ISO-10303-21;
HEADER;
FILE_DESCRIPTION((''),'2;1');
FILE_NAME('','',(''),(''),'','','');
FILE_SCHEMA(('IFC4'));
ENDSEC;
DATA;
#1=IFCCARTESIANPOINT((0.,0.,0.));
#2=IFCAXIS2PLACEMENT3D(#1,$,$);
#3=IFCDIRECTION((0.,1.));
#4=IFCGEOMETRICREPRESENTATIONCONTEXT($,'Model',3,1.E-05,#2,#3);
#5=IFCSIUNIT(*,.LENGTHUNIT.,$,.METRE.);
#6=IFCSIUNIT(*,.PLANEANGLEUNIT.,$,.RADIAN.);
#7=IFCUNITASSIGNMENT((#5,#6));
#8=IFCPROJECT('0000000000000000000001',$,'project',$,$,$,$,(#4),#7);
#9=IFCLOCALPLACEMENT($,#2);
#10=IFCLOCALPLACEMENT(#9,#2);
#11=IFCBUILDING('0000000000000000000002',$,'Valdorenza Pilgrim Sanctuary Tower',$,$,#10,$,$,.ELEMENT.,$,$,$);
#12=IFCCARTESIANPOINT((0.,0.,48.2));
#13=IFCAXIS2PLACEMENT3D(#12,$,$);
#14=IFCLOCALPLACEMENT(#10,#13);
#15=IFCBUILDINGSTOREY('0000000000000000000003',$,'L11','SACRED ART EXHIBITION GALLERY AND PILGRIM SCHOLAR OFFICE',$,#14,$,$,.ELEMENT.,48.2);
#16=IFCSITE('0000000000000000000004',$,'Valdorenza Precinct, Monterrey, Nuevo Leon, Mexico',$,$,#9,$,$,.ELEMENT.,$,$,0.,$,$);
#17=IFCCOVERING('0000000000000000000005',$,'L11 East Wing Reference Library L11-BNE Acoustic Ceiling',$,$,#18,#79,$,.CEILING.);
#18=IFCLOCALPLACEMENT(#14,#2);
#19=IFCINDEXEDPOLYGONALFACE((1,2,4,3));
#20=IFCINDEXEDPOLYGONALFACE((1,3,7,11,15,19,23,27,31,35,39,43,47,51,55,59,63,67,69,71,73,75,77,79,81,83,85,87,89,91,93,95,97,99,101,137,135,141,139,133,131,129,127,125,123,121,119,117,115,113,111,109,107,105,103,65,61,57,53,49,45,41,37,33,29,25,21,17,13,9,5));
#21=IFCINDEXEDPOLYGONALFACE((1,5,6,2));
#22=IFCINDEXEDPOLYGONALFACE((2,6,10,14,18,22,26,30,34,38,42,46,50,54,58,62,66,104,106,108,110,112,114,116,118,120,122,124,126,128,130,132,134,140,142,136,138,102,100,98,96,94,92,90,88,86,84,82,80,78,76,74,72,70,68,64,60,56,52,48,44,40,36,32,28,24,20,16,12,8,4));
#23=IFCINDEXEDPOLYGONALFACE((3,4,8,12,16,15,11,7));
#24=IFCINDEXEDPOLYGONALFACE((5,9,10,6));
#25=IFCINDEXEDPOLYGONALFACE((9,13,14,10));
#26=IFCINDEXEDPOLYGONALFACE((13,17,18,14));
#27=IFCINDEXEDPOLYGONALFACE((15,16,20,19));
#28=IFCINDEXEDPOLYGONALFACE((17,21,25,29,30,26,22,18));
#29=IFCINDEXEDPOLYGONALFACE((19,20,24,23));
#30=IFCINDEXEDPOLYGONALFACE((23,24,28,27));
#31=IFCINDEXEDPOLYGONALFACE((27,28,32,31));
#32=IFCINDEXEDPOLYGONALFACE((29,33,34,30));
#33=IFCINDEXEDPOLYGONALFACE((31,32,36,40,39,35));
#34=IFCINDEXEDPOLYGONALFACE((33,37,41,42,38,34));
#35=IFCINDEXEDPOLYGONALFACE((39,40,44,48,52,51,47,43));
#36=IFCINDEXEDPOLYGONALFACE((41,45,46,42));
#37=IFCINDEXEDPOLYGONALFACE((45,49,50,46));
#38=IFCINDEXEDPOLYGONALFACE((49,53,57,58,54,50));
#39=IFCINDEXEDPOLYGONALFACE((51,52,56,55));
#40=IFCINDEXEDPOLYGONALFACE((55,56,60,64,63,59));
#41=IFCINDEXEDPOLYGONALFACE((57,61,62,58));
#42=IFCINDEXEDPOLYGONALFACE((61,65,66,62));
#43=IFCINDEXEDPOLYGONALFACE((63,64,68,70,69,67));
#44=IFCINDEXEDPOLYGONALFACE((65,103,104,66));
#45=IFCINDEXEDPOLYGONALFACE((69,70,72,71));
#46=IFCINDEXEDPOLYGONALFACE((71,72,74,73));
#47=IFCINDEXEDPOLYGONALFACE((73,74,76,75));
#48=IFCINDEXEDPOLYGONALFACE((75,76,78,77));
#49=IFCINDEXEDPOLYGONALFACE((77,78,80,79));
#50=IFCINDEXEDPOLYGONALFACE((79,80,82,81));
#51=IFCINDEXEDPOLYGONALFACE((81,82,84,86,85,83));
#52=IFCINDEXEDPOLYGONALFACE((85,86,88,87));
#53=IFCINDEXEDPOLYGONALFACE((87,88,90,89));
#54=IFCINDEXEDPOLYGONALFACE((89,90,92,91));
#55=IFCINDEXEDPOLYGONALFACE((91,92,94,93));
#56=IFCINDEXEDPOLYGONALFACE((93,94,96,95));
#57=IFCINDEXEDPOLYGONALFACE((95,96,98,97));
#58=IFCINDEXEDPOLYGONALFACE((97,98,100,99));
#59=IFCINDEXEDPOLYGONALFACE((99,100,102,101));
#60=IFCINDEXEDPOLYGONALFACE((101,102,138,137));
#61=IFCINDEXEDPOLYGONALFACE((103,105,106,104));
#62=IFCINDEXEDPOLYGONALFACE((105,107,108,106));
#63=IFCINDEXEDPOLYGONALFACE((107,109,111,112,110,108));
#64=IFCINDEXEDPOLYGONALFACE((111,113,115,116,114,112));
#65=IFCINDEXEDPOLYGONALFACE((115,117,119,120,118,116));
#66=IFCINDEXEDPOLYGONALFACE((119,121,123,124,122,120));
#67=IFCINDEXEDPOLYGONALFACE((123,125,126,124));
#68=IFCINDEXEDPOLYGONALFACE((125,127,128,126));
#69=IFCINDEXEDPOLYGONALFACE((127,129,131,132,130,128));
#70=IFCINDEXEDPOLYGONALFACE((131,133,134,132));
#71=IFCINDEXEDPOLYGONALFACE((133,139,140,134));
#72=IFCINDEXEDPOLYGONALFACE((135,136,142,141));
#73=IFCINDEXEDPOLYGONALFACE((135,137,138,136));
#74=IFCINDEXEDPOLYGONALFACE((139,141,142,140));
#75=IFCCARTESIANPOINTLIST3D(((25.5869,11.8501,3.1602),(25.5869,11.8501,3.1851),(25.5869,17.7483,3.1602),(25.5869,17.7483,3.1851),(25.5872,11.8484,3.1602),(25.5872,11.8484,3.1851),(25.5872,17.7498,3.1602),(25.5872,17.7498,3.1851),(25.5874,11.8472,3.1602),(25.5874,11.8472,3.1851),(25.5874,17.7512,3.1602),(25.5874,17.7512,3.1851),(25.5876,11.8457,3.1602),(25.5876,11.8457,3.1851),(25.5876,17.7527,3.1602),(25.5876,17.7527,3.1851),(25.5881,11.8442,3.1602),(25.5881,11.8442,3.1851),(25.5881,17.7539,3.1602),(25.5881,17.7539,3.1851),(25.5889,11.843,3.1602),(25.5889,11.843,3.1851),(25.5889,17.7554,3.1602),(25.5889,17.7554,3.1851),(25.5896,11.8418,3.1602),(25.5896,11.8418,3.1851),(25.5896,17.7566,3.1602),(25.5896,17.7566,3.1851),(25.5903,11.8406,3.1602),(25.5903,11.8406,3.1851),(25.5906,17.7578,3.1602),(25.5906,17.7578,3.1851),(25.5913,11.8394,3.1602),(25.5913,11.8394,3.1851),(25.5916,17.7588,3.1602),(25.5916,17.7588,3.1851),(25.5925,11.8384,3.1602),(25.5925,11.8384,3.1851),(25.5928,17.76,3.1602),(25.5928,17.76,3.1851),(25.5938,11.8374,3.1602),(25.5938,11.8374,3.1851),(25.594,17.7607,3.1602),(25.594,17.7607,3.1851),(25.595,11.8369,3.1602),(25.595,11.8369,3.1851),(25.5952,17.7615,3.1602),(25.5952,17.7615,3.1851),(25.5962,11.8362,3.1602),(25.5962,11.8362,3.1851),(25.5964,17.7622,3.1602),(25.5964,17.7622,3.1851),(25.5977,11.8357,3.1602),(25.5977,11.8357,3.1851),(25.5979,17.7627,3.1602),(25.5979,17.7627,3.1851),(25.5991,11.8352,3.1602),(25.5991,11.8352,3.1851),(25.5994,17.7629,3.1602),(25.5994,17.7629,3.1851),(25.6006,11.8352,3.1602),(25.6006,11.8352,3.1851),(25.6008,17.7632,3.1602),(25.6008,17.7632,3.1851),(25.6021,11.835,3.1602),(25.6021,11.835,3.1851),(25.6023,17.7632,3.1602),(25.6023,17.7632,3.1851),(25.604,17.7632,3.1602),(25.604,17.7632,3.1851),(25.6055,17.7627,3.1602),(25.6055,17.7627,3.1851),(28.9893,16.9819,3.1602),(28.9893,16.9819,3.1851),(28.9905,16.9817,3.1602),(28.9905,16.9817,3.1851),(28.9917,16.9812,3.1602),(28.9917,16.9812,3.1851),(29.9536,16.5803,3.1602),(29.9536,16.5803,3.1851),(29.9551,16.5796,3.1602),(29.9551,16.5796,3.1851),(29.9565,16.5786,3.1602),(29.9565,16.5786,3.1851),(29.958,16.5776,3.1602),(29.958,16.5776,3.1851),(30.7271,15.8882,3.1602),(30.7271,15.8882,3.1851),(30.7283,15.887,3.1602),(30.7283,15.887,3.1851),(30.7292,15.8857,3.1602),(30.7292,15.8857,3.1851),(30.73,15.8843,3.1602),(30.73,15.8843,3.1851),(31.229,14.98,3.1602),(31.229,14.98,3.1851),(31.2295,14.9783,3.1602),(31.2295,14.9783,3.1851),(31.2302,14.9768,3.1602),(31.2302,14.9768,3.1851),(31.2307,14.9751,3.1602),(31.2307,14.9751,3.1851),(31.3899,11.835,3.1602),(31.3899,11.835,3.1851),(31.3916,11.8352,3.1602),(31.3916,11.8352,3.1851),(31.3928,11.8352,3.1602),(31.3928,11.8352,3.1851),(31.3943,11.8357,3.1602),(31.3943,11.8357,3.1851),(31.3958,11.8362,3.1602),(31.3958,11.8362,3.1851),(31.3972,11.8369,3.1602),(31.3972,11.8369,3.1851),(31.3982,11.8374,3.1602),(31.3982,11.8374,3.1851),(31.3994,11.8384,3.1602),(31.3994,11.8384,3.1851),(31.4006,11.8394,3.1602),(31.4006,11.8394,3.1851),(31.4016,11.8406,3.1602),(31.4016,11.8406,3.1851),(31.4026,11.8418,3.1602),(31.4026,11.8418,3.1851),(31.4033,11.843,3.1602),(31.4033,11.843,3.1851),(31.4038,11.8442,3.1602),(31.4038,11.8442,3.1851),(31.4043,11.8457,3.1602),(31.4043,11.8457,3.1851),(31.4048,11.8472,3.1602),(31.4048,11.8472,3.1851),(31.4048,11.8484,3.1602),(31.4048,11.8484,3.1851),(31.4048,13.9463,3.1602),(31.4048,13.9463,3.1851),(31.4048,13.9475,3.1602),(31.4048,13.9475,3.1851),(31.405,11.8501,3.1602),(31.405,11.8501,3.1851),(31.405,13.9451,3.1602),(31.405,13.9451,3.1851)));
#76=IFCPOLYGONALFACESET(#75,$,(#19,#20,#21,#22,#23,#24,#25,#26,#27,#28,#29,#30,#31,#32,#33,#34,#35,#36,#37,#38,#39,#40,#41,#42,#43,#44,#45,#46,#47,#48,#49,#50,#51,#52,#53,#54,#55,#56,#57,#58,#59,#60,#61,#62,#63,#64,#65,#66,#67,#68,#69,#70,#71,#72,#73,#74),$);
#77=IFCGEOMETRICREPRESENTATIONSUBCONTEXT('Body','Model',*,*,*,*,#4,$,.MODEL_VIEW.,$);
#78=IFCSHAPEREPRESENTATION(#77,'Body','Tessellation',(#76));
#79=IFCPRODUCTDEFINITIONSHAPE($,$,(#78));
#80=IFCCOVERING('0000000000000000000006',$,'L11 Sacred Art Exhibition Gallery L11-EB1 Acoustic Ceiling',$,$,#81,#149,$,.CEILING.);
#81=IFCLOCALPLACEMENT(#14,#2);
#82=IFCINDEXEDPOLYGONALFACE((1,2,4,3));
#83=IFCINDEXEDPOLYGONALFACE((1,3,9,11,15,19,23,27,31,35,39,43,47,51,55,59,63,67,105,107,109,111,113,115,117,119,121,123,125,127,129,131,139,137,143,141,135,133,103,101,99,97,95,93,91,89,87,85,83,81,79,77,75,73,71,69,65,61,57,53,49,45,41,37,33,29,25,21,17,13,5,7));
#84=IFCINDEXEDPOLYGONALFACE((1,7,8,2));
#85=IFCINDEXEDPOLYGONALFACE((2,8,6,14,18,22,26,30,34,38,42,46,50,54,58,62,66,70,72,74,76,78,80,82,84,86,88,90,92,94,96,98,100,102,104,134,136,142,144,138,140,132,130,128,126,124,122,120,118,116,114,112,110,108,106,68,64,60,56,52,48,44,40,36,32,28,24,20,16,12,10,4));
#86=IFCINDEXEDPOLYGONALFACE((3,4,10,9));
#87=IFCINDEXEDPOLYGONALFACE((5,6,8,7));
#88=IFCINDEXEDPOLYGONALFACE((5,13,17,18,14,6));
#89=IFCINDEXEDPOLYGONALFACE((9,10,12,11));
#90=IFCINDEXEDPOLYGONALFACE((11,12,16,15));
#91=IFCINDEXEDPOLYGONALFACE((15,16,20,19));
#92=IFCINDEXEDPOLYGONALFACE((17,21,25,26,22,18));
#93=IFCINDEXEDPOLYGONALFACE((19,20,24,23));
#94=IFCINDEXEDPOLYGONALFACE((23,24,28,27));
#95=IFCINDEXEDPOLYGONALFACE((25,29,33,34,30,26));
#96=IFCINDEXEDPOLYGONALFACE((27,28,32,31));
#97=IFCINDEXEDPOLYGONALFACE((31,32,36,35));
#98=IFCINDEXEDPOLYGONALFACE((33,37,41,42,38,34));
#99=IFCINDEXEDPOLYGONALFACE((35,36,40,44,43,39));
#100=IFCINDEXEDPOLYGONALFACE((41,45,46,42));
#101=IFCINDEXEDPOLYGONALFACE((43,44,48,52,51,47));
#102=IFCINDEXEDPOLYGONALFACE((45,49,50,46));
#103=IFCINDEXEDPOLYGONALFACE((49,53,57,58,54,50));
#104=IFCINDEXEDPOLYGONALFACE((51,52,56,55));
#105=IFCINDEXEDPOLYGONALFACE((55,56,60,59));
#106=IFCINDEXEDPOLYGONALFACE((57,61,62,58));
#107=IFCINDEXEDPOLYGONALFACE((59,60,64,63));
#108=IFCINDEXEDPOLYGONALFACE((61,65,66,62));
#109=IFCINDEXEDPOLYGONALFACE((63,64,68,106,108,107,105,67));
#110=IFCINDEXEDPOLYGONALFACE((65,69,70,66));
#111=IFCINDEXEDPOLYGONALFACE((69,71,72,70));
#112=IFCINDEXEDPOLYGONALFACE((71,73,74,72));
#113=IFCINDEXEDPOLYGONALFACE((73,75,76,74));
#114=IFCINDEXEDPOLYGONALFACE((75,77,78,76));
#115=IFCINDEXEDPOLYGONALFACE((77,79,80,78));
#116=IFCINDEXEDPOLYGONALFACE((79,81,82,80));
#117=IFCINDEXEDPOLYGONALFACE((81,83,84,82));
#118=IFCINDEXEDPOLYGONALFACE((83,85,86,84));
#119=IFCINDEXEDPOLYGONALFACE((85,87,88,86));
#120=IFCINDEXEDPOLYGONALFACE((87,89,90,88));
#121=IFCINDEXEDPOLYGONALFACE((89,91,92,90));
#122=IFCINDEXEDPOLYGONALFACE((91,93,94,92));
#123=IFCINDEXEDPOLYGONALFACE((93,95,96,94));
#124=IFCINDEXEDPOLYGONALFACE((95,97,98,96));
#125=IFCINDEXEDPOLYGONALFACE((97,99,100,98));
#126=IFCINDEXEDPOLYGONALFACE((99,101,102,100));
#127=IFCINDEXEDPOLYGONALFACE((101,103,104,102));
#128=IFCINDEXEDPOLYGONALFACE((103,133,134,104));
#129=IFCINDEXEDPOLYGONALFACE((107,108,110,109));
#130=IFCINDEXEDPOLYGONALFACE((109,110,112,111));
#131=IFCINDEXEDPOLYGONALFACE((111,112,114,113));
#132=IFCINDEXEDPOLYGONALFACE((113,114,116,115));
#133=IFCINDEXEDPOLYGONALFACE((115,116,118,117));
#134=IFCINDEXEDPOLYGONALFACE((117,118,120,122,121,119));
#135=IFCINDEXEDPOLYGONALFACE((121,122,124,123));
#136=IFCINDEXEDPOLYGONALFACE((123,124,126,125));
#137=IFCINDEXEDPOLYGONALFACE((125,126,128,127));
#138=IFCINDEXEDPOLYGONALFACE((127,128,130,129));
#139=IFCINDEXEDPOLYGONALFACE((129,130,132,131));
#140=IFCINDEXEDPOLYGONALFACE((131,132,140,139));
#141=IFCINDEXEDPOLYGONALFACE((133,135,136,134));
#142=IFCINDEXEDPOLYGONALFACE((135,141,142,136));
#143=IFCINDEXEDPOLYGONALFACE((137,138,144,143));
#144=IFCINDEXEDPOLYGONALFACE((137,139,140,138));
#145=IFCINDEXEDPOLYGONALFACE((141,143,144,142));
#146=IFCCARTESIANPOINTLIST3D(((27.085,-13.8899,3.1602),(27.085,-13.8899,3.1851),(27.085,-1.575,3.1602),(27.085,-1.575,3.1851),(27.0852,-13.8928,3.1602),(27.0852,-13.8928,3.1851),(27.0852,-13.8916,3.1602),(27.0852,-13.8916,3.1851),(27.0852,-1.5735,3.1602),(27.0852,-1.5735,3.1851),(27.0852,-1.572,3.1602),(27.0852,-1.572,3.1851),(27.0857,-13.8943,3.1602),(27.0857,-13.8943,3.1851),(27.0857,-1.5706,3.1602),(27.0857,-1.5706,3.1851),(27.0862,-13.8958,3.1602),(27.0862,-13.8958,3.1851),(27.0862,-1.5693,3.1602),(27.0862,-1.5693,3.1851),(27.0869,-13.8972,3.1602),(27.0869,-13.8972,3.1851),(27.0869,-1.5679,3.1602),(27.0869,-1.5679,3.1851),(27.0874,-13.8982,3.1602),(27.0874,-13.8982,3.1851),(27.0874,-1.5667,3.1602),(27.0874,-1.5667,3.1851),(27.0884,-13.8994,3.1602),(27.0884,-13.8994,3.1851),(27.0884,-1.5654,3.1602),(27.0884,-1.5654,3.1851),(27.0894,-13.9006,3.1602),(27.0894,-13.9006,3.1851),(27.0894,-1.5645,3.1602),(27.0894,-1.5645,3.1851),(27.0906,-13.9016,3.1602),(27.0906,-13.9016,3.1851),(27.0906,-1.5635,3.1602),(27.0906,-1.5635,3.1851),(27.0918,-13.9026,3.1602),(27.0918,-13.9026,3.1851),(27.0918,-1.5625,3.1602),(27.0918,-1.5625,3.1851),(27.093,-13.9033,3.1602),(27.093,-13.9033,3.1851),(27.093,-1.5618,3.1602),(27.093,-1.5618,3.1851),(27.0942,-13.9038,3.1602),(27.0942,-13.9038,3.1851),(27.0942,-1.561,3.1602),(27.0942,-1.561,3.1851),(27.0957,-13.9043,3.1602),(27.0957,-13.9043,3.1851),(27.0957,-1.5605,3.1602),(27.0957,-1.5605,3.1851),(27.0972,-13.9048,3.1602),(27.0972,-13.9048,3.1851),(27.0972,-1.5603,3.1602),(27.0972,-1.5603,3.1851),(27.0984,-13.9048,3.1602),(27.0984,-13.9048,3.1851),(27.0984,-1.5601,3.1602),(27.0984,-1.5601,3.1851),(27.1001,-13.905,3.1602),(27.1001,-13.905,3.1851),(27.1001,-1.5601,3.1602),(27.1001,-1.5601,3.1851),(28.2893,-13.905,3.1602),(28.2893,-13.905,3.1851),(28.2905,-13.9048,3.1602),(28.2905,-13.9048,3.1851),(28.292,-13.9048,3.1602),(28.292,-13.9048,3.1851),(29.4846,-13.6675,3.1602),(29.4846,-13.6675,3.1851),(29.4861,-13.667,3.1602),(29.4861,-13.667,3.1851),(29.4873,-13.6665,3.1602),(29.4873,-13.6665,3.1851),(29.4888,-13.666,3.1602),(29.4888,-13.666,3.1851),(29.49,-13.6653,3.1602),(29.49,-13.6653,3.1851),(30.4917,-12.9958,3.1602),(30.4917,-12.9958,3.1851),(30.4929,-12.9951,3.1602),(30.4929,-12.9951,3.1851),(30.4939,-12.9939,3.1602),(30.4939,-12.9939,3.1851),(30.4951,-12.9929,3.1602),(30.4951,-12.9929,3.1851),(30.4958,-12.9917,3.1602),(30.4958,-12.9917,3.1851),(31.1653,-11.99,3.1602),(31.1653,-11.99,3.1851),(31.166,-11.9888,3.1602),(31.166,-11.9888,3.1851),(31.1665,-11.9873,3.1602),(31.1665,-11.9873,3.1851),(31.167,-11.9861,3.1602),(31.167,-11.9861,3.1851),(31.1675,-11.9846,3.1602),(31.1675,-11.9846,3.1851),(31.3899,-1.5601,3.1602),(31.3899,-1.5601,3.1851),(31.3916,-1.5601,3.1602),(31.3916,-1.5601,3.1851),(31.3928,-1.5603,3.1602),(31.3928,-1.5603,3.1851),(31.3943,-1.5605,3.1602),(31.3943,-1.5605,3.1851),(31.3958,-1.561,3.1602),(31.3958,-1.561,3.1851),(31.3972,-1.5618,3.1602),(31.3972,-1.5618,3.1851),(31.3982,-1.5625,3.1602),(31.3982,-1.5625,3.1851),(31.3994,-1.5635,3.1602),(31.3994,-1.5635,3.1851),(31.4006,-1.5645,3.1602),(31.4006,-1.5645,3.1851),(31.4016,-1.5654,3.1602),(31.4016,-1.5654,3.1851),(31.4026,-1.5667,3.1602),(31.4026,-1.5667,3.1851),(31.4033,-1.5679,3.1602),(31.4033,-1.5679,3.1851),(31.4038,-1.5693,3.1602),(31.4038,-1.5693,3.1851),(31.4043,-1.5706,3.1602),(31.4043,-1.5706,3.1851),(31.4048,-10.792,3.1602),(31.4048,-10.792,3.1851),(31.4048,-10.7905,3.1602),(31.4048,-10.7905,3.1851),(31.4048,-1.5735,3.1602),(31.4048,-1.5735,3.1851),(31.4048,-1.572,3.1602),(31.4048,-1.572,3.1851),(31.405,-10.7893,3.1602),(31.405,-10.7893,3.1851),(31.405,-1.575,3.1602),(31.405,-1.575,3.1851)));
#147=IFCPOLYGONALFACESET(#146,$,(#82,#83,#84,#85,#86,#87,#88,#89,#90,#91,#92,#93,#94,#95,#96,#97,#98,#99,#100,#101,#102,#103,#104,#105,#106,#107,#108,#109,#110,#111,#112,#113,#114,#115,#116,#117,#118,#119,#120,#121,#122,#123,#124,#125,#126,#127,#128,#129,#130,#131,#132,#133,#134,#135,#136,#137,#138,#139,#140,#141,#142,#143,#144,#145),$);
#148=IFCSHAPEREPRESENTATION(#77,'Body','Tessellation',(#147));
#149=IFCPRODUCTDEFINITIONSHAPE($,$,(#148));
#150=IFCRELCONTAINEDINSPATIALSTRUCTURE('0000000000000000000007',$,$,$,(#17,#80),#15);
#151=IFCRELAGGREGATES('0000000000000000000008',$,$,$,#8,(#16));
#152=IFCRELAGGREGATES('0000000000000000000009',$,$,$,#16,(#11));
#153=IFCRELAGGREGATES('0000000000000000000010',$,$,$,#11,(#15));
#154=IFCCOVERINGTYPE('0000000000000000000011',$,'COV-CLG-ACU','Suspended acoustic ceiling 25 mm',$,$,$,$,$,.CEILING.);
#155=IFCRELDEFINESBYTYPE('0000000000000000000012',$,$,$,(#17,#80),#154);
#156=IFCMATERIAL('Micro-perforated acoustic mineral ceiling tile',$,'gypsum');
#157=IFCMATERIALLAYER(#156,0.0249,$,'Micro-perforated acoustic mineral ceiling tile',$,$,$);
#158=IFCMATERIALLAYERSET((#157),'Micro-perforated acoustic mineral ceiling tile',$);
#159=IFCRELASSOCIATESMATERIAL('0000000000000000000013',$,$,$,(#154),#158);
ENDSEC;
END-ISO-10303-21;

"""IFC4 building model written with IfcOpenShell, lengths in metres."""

from ifc_helpers import new_model, si_unit, direction, frame, origin, place, context, subcontext, project, spatial, polyline, outline, extrude, material, layer, layer_set, type_object, element, save


model = new_model("IFC4")

# Units and contexts
model_context = context("Model", 3, precision=1e-05, world=origin(), true_north=direction((0.0, 1.0)))
body_context = subcontext(model_context, "Body", "Model", "MODEL_VIEW")
ifc_project = project(units=[si_unit("LENGTHUNIT", "METRE"), si_unit("PLANEANGLEUNIT", "RADIAN")], contexts=[model_context])

# Site, building, storey
site_placement = place(None, origin())
site = spatial("IfcSite", under=ifc_project, at=site_placement, Name="Valdorenza Precinct, Monterrey, Nuevo Leon, Mexico", CompositionType="ELEMENT", RefElevation=0.0)
building_placement = place(site_placement, origin())
building = spatial("IfcBuilding", under=site, at=building_placement, Name="Valdorenza Pilgrim Sanctuary Tower", CompositionType="ELEMENT")
storey_placement = place(building_placement, frame((0.0, 0.0, 48.2)))
storey = spatial("IfcBuildingStorey", under=building, at=storey_placement, Name="L11", Description="SACRED ART EXHIBITION GALLERY AND PILGRIM SCHOLAR OFFICE", CompositionType="ELEMENT", Elevation=48.2)

# Coverings
ifc_material_1 = material(Name="Micro-perforated acoustic mineral ceiling tile", Category="gypsum")
ifc_layer_1 = layer(ifc_material_1, 0.0249, Name="Micro-perforated acoustic mineral ceiling tile")
ifc_layer_set_1 = layer_set([ifc_layer_1], Name="Micro-perforated acoustic mineral ceiling tile")
covering_type_1 = type_object("IfcCoveringType", Name="COV-CLG-ACU", Description="Suspended acoustic ceiling 25 mm", PredefinedType="CEILING", material=ifc_layer_set_1)
covering_1_placement = place(storey_placement, frame((0.0, 0.0, 3.1602)))
element("IfcCovering", 1, at=covering_1_placement, inside=storey, type_object=covering_type_1, Name="L11 East Wing Reference Library L11-BNE Acoustic Ceiling", PredefinedType="CEILING", context=body_context, shape_type="SweptSolid", body=[
    extrude(outline(polyline([(28.9893, 16.9819), (28.9905, 16.9817), (28.9917, 16.9812), (29.9536, 16.5803), (29.9551, 16.5796), (29.9565, 16.5786), (29.958, 16.5776), (30.7271, 15.8882), (30.7283, 15.887), (30.7292, 15.8857), (30.73, 15.8843), (31.229, 14.98), (31.2295, 14.9783), (31.2302, 14.9768), (31.2307, 14.9751), (31.4048, 13.9475), (31.4048, 13.9463), (31.405, 13.9451), (31.405, 11.8501), (31.4048, 11.8484), (31.4048, 11.8472), (31.4043, 11.8457), (31.4038, 11.8442), (31.4033, 11.843), (31.4026, 11.8418), (31.4016, 11.8406), (31.4006, 11.8394), (31.3994, 11.8384), (31.3982, 11.8374), (31.3972, 11.8369), (31.3958, 11.8362), (31.3943, 11.8357), (31.3928, 11.8352), (31.3916, 11.8352), (31.3899, 11.835), (25.6021, 11.835), (25.6006, 11.8352), (25.5991, 11.8352), (25.5977, 11.8357), (25.5962, 11.8362), (25.595, 11.8369), (25.5938, 11.8374), (25.5925, 11.8384), (25.5913, 11.8394), (25.5903, 11.8406), (25.5896, 11.8418), (25.5889, 11.843), (25.5881, 11.8442), (25.5876, 11.8457), (25.5874, 11.8472), (25.5872, 11.8484), (25.5869, 11.8501), (25.5869, 17.7483), (25.5872, 17.7498), (25.5874, 17.7512), (25.5876, 17.7527), (25.5881, 17.7539), (25.5889, 17.7554), (25.5896, 17.7566), (25.5906, 17.7578), (25.5916, 17.7588), (25.5928, 17.76), (25.594, 17.7607), (25.5952, 17.7615), (25.5964, 17.7622), (25.5979, 17.7627), (25.5994, 17.7629), (25.6008, 17.7632), (25.6023, 17.7632), (25.604, 17.7632), (25.6055, 17.7627), (28.9893, 16.9819)])), origin(), (0.0, 0.0, 1.0), 0.0249),
])
covering_2_placement = place(storey_placement, frame((0.0, 0.0, 3.1602)))
element("IfcCovering", 2, at=covering_2_placement, inside=storey, type_object=covering_type_1, Name="L11 Sacred Art Exhibition Gallery L11-EB1 Acoustic Ceiling", PredefinedType="CEILING", context=body_context, shape_type="SweptSolid", body=[
    extrude(outline(polyline([(31.3899, -1.5601), (31.3916, -1.5601), (31.3928, -1.5603), (31.3943, -1.5605), (31.3958, -1.561), (31.3972, -1.5618), (31.3982, -1.5625), (31.3994, -1.5635), (31.4006, -1.5645), (31.4016, -1.5654), (31.4026, -1.5667), (31.4033, -1.5679), (31.4038, -1.5693), (31.4043, -1.5706), (31.4048, -1.572), (31.4048, -1.5735), (31.405, -1.575), (31.405, -10.7893), (31.4048, -10.7905), (31.4048, -10.792), (31.1675, -11.9846), (31.167, -11.9861), (31.1665, -11.9873), (31.166, -11.9888), (31.1653, -11.99), (30.4958, -12.9917), (30.4951, -12.9929), (30.4939, -12.9939), (30.4929, -12.9951), (30.4917, -12.9958), (29.49, -13.6653), (29.4888, -13.666), (29.4873, -13.6665), (29.4861, -13.667), (29.4846, -13.6675), (28.292, -13.9048), (28.2905, -13.9048), (28.2893, -13.905), (27.1001, -13.905), (27.0984, -13.9048), (27.0972, -13.9048), (27.0957, -13.9043), (27.0942, -13.9038), (27.093, -13.9033), (27.0918, -13.9026), (27.0906, -13.9016), (27.0894, -13.9006), (27.0884, -13.8994), (27.0874, -13.8982), (27.0869, -13.8972), (27.0862, -13.8958), (27.0857, -13.8943), (27.0852, -13.8928), (27.0852, -13.8916), (27.085, -13.8899), (27.085, -1.575), (27.0852, -1.5735), (27.0852, -1.572), (27.0857, -1.5706), (27.0862, -1.5693), (27.0869, -1.5679), (27.0874, -1.5667), (27.0884, -1.5654), (27.0894, -1.5645), (27.0906, -1.5635), (27.0918, -1.5625), (27.093, -1.5618), (27.0942, -1.561), (27.0957, -1.5605), (27.0972, -1.5603), (27.0984, -1.5601), (27.1001, -1.5601), (31.3899, -1.5601)])), origin(), (0.0, 0.0, 1.0), 0.0249),
])

save(model, "model.ifc")
